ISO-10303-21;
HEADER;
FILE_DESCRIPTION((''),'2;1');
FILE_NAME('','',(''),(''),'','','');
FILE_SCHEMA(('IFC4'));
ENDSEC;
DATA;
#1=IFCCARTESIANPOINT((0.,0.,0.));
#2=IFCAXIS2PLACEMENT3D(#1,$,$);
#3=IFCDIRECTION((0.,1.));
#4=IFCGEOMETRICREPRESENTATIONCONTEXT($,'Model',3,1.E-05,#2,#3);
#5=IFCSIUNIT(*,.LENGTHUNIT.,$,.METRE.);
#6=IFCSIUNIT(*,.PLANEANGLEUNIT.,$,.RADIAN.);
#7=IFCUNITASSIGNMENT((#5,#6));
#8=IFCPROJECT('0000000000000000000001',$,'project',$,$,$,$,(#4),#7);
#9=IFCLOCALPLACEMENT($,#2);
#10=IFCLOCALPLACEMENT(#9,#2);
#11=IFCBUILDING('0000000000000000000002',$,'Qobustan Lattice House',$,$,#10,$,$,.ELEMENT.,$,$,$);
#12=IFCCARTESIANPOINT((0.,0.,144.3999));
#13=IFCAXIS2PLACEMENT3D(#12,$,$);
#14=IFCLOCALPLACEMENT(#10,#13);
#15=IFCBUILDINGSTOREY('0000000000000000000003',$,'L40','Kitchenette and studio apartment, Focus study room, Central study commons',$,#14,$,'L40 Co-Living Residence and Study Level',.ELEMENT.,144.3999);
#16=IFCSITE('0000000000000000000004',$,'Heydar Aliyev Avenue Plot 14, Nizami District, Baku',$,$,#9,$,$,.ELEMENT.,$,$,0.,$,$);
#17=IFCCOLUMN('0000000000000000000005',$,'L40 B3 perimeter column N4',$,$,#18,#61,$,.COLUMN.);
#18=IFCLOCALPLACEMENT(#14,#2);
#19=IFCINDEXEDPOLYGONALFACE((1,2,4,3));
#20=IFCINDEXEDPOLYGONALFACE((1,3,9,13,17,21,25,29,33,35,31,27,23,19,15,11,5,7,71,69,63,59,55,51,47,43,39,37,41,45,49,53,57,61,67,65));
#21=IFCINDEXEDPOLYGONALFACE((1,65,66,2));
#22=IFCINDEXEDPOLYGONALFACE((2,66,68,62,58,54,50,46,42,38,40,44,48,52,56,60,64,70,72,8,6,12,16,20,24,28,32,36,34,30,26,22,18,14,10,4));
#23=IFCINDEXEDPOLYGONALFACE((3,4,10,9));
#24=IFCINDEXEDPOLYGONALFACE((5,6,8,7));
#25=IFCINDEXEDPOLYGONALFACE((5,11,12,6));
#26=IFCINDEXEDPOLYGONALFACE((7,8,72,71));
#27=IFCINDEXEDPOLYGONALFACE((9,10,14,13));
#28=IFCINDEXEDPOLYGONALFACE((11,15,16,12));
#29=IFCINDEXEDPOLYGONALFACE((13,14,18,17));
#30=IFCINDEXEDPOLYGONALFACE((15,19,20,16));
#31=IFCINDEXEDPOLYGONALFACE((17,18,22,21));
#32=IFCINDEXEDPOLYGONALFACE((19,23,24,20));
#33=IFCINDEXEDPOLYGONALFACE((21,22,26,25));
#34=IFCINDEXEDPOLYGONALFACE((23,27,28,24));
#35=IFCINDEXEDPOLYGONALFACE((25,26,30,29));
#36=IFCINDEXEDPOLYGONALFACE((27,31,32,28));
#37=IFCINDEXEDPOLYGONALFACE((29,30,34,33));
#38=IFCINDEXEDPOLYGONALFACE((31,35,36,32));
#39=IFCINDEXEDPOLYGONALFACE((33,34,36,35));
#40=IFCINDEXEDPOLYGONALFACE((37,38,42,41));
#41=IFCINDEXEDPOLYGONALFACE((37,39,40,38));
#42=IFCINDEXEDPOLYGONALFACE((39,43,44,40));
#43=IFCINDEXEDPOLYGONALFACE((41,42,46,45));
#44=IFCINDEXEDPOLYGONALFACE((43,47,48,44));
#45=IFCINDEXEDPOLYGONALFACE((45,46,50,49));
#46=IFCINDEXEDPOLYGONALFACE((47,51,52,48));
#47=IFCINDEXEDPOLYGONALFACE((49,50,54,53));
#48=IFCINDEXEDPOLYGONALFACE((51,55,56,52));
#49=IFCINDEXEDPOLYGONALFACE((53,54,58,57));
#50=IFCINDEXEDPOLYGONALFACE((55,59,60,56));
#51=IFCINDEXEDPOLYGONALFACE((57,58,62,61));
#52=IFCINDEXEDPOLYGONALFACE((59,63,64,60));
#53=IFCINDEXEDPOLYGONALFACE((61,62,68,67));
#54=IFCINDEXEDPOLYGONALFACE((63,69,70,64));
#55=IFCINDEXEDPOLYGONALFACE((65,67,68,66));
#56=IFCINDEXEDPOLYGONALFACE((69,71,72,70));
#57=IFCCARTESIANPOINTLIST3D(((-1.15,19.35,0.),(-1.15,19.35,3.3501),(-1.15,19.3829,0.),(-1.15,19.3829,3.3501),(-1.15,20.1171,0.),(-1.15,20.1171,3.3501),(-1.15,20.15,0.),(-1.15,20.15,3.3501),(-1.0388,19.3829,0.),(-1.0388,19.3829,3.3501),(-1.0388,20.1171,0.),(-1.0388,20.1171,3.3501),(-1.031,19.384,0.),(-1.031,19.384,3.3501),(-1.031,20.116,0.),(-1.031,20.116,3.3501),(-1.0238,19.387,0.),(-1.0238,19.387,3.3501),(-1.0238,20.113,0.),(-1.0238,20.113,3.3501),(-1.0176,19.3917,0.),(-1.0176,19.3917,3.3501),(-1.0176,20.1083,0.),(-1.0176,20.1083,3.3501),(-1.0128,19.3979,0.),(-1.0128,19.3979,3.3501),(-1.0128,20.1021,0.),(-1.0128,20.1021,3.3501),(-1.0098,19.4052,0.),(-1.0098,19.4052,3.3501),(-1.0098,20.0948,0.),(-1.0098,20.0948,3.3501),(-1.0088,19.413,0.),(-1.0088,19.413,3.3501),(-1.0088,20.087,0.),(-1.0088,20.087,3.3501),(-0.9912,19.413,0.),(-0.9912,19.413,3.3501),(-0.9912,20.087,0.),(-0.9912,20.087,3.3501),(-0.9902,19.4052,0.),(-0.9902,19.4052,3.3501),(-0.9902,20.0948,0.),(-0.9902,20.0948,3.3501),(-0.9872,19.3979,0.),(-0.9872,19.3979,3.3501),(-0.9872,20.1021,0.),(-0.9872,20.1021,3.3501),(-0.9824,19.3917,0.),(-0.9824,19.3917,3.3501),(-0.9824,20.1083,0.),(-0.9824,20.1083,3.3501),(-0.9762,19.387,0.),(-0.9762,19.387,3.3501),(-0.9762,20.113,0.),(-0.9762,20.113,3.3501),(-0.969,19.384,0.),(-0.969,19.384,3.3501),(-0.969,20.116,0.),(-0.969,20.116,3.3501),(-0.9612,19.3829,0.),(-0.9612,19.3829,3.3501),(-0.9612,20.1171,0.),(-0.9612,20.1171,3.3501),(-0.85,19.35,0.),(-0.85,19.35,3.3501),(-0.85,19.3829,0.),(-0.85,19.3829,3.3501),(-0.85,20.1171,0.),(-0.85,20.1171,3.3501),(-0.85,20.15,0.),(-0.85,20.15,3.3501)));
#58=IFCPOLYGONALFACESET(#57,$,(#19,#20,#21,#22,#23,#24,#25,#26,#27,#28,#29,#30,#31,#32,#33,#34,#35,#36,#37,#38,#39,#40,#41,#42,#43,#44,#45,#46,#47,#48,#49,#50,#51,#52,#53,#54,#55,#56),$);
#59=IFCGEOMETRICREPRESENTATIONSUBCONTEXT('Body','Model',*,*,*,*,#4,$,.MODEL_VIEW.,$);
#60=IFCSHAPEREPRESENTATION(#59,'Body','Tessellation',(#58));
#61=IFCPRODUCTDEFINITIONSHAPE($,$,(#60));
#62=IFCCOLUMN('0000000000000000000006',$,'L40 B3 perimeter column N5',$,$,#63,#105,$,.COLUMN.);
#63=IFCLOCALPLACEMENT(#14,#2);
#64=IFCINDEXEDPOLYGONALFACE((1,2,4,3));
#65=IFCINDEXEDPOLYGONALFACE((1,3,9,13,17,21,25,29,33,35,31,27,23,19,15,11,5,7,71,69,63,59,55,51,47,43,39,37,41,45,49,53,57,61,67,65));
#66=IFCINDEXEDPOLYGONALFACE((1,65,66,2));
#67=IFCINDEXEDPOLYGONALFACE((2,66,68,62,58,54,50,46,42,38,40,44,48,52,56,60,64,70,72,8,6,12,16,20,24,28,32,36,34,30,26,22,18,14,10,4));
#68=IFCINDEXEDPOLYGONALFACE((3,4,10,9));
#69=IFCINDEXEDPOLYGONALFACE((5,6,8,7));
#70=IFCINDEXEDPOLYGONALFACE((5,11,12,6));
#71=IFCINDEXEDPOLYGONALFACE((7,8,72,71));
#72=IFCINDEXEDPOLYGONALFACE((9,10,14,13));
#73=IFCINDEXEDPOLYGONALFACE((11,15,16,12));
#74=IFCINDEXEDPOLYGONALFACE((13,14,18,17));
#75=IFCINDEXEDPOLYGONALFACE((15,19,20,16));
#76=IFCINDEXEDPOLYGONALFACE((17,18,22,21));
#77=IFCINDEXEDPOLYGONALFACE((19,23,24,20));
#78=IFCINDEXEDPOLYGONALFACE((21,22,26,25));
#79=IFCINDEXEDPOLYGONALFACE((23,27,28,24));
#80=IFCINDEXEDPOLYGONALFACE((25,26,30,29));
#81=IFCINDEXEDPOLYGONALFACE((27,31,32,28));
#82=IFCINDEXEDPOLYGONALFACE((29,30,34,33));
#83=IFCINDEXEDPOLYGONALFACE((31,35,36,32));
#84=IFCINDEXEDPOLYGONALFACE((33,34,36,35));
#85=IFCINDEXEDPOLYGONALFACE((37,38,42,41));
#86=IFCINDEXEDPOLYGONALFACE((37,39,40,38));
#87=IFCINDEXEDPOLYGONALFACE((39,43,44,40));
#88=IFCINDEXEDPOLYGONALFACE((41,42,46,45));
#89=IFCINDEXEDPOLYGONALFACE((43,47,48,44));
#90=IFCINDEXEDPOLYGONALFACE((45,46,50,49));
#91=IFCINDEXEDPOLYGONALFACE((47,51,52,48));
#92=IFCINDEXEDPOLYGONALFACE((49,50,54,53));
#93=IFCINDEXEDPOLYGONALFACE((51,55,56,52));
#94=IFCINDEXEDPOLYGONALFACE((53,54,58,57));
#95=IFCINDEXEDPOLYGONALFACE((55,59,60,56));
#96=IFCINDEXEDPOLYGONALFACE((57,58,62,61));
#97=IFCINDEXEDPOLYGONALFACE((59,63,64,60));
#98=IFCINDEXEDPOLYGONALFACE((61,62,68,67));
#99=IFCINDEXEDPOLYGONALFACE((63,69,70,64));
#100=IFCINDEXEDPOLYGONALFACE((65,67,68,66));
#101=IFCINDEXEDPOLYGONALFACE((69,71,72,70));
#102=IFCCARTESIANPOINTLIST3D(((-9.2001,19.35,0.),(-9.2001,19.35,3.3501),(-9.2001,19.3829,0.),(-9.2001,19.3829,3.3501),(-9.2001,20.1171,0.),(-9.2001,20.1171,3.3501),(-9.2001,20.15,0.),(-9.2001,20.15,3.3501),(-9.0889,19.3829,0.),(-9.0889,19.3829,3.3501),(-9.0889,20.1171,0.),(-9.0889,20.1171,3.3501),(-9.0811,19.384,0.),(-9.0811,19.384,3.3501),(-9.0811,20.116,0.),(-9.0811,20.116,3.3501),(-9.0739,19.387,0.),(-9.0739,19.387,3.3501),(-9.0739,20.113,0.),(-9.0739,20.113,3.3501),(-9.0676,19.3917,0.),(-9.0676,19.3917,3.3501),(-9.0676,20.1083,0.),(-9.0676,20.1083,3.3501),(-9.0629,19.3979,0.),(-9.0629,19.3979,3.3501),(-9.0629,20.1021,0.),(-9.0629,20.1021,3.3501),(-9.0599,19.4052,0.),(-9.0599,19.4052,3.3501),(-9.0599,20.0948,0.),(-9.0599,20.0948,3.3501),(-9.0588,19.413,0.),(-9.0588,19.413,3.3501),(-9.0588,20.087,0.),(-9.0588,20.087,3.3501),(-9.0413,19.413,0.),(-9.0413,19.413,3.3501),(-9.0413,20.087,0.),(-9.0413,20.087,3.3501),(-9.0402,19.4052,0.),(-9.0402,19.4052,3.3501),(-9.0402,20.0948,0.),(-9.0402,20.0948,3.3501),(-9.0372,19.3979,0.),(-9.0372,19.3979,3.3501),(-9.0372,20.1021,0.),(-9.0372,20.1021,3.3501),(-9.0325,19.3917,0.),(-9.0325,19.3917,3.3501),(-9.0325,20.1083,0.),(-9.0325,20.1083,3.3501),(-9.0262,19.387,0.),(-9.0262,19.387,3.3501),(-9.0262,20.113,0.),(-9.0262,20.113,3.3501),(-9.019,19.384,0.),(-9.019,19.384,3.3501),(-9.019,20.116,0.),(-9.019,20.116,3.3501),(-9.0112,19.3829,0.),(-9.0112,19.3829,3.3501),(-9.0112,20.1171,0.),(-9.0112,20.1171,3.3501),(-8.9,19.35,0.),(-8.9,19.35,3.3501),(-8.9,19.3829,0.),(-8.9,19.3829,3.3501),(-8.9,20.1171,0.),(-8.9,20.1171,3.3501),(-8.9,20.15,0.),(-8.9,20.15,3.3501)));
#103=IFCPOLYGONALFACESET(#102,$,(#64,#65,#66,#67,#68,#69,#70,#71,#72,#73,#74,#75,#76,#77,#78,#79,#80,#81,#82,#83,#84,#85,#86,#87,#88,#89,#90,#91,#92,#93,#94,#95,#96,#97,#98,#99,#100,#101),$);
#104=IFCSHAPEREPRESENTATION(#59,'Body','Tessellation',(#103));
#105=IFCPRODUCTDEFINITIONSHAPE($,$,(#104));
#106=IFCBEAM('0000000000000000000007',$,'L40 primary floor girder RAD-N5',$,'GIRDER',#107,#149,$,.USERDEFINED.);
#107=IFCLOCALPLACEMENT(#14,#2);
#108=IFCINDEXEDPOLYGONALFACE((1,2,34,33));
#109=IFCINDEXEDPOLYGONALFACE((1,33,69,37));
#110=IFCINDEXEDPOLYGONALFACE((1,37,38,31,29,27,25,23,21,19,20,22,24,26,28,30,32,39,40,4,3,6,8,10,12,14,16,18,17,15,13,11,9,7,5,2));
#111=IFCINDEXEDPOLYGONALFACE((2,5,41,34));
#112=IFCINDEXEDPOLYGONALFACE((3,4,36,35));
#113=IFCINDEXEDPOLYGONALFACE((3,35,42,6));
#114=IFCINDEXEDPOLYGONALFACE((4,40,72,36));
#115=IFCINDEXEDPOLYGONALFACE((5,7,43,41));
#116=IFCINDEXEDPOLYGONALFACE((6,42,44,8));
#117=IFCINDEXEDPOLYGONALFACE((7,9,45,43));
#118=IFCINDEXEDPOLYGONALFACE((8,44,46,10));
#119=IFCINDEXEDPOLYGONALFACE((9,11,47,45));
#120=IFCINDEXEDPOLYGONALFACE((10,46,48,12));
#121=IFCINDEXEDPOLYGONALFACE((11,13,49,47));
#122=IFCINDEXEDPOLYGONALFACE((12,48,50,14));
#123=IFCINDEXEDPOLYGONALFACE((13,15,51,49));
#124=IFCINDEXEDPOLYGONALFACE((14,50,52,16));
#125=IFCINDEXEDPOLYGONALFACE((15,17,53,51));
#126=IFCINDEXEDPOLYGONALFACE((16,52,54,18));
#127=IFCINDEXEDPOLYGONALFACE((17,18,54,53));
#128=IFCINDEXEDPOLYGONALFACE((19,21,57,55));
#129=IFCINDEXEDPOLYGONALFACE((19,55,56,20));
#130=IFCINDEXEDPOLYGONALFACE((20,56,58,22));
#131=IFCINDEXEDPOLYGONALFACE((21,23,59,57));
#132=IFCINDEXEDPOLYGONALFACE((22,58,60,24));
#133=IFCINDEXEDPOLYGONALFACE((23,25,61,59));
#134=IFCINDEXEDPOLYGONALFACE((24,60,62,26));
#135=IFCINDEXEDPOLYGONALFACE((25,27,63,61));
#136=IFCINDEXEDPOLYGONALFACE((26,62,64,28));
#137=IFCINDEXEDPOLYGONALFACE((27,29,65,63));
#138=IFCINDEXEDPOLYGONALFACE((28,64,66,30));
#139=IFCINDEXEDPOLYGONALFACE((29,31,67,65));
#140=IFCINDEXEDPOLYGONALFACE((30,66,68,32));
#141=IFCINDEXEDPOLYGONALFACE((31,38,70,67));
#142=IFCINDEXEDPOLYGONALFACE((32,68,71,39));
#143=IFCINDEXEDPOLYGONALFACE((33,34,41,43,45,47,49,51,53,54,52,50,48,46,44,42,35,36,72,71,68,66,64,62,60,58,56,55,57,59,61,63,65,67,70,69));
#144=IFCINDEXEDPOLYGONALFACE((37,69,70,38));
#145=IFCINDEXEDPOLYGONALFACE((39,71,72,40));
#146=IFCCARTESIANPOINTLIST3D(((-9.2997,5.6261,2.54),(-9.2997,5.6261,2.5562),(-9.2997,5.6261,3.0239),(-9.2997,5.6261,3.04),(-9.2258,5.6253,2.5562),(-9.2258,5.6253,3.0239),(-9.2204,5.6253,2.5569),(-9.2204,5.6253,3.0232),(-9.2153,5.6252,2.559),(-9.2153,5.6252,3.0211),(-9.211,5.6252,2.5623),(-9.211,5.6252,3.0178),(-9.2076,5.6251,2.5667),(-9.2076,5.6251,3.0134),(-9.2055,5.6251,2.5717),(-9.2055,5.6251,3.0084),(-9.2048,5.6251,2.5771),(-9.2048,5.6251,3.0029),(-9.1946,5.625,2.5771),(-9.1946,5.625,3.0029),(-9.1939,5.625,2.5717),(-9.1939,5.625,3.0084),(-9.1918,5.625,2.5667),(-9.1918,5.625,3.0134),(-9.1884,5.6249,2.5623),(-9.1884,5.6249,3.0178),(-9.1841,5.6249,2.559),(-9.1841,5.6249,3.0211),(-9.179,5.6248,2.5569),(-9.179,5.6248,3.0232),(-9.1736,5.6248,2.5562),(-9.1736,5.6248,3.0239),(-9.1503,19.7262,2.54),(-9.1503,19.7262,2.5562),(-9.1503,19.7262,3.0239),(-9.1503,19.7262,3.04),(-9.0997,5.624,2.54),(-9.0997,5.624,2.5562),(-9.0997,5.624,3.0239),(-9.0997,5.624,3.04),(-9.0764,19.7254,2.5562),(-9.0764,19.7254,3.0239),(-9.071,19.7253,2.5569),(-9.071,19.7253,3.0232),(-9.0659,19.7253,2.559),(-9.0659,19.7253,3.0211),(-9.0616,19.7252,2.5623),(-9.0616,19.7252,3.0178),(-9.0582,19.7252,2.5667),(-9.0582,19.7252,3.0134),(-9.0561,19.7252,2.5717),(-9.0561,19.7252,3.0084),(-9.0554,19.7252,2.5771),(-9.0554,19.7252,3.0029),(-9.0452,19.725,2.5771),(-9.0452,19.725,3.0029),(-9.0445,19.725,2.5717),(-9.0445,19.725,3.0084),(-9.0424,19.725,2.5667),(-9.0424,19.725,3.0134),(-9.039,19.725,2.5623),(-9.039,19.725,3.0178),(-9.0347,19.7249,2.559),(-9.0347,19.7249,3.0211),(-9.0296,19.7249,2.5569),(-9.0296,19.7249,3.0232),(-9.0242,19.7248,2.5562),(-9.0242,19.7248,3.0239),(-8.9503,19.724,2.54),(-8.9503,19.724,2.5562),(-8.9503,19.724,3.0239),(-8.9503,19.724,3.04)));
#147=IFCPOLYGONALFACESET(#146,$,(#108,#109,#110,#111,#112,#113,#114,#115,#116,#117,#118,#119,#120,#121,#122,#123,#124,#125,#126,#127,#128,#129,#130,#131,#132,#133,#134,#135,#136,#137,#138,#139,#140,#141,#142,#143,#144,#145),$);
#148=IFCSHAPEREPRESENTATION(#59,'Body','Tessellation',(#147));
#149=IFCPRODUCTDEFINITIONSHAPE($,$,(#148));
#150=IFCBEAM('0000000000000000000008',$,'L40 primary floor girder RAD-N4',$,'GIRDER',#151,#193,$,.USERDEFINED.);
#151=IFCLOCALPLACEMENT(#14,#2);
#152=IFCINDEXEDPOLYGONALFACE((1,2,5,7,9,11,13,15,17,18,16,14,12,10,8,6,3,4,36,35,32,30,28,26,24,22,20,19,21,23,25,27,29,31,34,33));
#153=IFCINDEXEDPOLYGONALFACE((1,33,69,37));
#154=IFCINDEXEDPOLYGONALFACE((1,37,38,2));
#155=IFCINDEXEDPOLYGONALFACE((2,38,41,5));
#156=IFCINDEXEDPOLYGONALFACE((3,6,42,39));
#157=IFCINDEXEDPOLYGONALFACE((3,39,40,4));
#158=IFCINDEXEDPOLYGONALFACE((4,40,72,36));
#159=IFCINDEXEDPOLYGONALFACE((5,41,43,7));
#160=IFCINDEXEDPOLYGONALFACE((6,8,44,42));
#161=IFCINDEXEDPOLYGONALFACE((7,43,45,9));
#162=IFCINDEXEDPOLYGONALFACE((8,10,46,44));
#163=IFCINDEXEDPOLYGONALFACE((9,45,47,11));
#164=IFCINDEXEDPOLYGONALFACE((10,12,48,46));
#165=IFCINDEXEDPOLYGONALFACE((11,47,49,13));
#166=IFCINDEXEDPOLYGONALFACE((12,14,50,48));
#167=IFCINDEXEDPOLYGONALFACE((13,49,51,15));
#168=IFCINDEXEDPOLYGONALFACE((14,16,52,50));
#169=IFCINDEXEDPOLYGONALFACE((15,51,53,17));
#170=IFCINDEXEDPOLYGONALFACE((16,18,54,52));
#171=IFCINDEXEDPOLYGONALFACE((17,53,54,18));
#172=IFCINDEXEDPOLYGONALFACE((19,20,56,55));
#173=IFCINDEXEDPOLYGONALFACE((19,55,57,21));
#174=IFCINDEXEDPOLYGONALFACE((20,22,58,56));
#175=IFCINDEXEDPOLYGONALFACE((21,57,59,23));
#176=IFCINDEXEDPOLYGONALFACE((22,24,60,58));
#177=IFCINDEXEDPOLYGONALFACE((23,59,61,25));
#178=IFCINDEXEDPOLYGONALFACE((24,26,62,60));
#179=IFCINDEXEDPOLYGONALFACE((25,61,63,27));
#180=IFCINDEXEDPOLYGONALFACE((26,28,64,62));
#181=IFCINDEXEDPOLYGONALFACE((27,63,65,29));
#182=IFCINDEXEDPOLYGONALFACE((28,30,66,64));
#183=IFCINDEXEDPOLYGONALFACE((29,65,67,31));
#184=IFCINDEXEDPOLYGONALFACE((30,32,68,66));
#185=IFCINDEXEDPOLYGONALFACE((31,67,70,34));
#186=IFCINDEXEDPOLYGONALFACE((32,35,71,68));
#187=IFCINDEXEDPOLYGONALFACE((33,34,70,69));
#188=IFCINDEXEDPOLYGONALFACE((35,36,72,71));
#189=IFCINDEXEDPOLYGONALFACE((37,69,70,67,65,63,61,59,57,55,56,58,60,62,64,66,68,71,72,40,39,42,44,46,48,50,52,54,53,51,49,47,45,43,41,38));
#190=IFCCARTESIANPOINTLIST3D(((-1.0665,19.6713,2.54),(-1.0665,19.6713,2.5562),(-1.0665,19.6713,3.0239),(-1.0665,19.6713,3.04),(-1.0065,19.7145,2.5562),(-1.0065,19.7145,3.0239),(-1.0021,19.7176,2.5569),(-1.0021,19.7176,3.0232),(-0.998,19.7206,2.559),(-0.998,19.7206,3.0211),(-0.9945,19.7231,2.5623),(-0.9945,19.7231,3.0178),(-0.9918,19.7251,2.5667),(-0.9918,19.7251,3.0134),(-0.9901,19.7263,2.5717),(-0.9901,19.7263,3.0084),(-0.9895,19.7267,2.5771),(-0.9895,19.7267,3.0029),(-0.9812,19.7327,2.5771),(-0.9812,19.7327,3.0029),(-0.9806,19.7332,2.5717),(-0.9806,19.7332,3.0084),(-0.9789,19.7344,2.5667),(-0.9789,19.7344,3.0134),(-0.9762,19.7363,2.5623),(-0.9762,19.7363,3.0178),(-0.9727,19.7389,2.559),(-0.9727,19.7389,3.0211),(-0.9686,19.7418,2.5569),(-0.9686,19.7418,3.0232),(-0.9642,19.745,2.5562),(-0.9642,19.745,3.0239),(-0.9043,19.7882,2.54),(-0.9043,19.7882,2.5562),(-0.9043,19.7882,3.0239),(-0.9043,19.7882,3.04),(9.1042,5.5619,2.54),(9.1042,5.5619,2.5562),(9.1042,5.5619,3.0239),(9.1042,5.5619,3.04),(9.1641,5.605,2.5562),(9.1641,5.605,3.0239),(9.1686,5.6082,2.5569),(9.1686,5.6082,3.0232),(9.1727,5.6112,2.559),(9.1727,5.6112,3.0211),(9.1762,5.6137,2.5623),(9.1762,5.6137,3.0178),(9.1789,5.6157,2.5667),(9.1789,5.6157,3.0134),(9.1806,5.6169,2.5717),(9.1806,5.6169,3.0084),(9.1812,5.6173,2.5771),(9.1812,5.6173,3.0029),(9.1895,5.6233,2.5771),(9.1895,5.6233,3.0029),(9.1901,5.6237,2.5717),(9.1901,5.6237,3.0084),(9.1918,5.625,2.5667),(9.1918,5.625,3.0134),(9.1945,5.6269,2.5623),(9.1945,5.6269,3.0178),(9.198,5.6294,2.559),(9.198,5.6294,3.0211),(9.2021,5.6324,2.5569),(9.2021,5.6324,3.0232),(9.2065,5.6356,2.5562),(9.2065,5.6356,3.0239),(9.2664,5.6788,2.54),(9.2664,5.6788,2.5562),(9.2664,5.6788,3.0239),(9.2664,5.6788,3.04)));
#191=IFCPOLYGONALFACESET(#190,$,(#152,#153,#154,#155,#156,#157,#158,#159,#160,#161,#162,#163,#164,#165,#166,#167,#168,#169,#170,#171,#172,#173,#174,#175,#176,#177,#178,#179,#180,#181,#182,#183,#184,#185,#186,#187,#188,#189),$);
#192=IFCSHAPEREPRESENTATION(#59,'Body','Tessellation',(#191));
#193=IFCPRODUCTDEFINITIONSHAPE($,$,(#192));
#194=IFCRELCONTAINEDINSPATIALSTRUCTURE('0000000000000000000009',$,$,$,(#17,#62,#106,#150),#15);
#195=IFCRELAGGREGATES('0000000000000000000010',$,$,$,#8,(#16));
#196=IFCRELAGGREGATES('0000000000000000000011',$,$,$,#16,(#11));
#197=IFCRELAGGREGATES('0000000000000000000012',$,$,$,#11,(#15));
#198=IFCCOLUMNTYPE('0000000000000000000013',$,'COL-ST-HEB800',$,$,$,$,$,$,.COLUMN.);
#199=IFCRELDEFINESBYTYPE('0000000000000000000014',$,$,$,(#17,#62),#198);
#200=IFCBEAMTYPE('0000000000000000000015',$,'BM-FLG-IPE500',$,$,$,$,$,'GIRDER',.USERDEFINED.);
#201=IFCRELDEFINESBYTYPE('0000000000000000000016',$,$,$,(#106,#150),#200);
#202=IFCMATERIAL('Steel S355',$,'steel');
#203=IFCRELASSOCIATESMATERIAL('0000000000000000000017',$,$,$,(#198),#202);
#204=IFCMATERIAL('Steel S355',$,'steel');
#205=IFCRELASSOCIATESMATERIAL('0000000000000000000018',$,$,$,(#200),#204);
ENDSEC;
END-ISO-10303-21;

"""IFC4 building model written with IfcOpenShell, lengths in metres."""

from ifc_helpers import new_model, si_unit, direction, frame, origin, origin_2d, place, context, subcontext, project, spatial, i_section, extrude, material, material_profile, profile_set, type_object, element, save


model = new_model("IFC4")

# Units and contexts
model_context = context("Model", 3, precision=1e-05, world=origin(), true_north=direction((0.0, 1.0)))
body_context = subcontext(model_context, "Body", "Model", "MODEL_VIEW")
ifc_project = project(units=[si_unit("LENGTHUNIT", "METRE"), si_unit("PLANEANGLEUNIT", "RADIAN")], contexts=[model_context])

# Site, building, storey
site_placement = place(None, origin())
site = spatial("IfcSite", under=ifc_project, at=site_placement, Name="Heydar Aliyev Avenue Plot 14, Nizami District, Baku", CompositionType="ELEMENT", RefElevation=0.0)
building_placement = place(site_placement, origin())
building = spatial("IfcBuilding", under=site, at=building_placement, Name="Qobustan Lattice House", CompositionType="ELEMENT")
storey_placement = place(building_placement, frame((0.0, 0.0, 144.3999)))
storey = spatial("IfcBuildingStorey", under=building, at=storey_placement, Name="L40", Description="Kitchenette and studio apartment, Focus study room, Central study commons", LongName="L40 Co-Living Residence and Study Level", CompositionType="ELEMENT", Elevation=144.3999)

# Columns
ifc_material_1 = material(Name="Steel S355", Category="steel")
ifc_material_profile_1 = material_profile(ifc_material_1, i_section(OverallWidth=0.3, OverallDepth=0.8, WebThickness=0.0176, FlangeThickness=0.033, FilletRadius=0.03, at=origin_2d()), Name="HEB800")
ifc_profile_set_1 = profile_set([ifc_material_profile_1], Name="Steel S355")
column_type = type_object("IfcColumnType", Name="COL-ST-HEB800", PredefinedType="COLUMN", material=ifc_profile_set_1)
for number, where, z_axis, x_axis, name in (
    (1, (-1.0, 19.75, 0.0), (0.0, 0.0, 1.0), (1.0, 0.0, 0.0), "L40 B3 perimeter column N4"),
    (2, (-9.05, 19.75, 0.0), (0.0, 0.0, 1.0), (1.0, 0.0, 0.0), "L40 B3 perimeter column N5"),
):
    element("IfcColumn", number, at=place(storey_placement, frame(where, z_axis=z_axis, x_axis=x_axis)), inside=storey, type_object=column_type, Name=name, PredefinedType="COLUMN", context=body_context, shape_type="SweptSolid", body=[
        extrude(i_section(OverallWidth=0.3, OverallDepth=0.8, WebThickness=0.0176, FlangeThickness=0.033, FilletRadius=0.03, at=origin_2d()), origin(), (0.0, 0.0, 1.0), 3.3501),
    ])

# Beams
ifc_material_2 = material(Name="Steel S355", Category="steel")
ifc_material_profile_2 = material_profile(ifc_material_2, i_section(OverallWidth=0.2, OverallDepth=0.5, WebThickness=0.0103, FlangeThickness=0.0161, FilletRadius=0.021, at=origin_2d()), Name="IPE500")
ifc_profile_set_2 = profile_set([ifc_material_profile_2], Name="Steel S355")
beam_type_1 = type_object("IfcBeamType", Name="BM-FLG-IPE500", ElementType="GIRDER", PredefinedType="USERDEFINED", material=ifc_profile_set_2)
beam_1_placement = place(storey_placement, frame((-9.0503, 19.7251, 2.79), z_axis=(-0.010596, -0.999944, 0.0), x_axis=(0.999944, -0.010596, 0.0)))
element("IfcBeam", 3, at=beam_1_placement, inside=storey, type_object=beam_type_1, Name="L40 primary floor girder RAD-N5", ObjectType="GIRDER", PredefinedType="USERDEFINED", context=body_context, shape_type="SweptSolid", body=[
    extrude(i_section(OverallWidth=0.2, OverallDepth=0.5, WebThickness=0.0103, FlangeThickness=0.0161, FilletRadius=0.021, at=origin_2d()), origin(), (0.0, 0.0, 1.0), 14.1008),
])
beam_2_placement = place(storey_placement, frame((-0.9854, 19.7297, 2.79), z_axis=(0.584755, -0.81121, 0.0), x_axis=(0.81121, 0.584755, 0.0)))
element("IfcBeam", 4, at=beam_2_placement, inside=storey, type_object=beam_type_1, Name="L40 primary floor girder RAD-N4", ObjectType="GIRDER", PredefinedType="USERDEFINED", context=body_context, shape_type="SweptSolid", body=[
    extrude(i_section(OverallWidth=0.2, OverallDepth=0.5, WebThickness=0.0103, FlangeThickness=0.0161, FilletRadius=0.021, at=origin_2d()), origin(), (0.0, 0.0, 1.0), 17.3931),
])

save(model, "model.ifc")
